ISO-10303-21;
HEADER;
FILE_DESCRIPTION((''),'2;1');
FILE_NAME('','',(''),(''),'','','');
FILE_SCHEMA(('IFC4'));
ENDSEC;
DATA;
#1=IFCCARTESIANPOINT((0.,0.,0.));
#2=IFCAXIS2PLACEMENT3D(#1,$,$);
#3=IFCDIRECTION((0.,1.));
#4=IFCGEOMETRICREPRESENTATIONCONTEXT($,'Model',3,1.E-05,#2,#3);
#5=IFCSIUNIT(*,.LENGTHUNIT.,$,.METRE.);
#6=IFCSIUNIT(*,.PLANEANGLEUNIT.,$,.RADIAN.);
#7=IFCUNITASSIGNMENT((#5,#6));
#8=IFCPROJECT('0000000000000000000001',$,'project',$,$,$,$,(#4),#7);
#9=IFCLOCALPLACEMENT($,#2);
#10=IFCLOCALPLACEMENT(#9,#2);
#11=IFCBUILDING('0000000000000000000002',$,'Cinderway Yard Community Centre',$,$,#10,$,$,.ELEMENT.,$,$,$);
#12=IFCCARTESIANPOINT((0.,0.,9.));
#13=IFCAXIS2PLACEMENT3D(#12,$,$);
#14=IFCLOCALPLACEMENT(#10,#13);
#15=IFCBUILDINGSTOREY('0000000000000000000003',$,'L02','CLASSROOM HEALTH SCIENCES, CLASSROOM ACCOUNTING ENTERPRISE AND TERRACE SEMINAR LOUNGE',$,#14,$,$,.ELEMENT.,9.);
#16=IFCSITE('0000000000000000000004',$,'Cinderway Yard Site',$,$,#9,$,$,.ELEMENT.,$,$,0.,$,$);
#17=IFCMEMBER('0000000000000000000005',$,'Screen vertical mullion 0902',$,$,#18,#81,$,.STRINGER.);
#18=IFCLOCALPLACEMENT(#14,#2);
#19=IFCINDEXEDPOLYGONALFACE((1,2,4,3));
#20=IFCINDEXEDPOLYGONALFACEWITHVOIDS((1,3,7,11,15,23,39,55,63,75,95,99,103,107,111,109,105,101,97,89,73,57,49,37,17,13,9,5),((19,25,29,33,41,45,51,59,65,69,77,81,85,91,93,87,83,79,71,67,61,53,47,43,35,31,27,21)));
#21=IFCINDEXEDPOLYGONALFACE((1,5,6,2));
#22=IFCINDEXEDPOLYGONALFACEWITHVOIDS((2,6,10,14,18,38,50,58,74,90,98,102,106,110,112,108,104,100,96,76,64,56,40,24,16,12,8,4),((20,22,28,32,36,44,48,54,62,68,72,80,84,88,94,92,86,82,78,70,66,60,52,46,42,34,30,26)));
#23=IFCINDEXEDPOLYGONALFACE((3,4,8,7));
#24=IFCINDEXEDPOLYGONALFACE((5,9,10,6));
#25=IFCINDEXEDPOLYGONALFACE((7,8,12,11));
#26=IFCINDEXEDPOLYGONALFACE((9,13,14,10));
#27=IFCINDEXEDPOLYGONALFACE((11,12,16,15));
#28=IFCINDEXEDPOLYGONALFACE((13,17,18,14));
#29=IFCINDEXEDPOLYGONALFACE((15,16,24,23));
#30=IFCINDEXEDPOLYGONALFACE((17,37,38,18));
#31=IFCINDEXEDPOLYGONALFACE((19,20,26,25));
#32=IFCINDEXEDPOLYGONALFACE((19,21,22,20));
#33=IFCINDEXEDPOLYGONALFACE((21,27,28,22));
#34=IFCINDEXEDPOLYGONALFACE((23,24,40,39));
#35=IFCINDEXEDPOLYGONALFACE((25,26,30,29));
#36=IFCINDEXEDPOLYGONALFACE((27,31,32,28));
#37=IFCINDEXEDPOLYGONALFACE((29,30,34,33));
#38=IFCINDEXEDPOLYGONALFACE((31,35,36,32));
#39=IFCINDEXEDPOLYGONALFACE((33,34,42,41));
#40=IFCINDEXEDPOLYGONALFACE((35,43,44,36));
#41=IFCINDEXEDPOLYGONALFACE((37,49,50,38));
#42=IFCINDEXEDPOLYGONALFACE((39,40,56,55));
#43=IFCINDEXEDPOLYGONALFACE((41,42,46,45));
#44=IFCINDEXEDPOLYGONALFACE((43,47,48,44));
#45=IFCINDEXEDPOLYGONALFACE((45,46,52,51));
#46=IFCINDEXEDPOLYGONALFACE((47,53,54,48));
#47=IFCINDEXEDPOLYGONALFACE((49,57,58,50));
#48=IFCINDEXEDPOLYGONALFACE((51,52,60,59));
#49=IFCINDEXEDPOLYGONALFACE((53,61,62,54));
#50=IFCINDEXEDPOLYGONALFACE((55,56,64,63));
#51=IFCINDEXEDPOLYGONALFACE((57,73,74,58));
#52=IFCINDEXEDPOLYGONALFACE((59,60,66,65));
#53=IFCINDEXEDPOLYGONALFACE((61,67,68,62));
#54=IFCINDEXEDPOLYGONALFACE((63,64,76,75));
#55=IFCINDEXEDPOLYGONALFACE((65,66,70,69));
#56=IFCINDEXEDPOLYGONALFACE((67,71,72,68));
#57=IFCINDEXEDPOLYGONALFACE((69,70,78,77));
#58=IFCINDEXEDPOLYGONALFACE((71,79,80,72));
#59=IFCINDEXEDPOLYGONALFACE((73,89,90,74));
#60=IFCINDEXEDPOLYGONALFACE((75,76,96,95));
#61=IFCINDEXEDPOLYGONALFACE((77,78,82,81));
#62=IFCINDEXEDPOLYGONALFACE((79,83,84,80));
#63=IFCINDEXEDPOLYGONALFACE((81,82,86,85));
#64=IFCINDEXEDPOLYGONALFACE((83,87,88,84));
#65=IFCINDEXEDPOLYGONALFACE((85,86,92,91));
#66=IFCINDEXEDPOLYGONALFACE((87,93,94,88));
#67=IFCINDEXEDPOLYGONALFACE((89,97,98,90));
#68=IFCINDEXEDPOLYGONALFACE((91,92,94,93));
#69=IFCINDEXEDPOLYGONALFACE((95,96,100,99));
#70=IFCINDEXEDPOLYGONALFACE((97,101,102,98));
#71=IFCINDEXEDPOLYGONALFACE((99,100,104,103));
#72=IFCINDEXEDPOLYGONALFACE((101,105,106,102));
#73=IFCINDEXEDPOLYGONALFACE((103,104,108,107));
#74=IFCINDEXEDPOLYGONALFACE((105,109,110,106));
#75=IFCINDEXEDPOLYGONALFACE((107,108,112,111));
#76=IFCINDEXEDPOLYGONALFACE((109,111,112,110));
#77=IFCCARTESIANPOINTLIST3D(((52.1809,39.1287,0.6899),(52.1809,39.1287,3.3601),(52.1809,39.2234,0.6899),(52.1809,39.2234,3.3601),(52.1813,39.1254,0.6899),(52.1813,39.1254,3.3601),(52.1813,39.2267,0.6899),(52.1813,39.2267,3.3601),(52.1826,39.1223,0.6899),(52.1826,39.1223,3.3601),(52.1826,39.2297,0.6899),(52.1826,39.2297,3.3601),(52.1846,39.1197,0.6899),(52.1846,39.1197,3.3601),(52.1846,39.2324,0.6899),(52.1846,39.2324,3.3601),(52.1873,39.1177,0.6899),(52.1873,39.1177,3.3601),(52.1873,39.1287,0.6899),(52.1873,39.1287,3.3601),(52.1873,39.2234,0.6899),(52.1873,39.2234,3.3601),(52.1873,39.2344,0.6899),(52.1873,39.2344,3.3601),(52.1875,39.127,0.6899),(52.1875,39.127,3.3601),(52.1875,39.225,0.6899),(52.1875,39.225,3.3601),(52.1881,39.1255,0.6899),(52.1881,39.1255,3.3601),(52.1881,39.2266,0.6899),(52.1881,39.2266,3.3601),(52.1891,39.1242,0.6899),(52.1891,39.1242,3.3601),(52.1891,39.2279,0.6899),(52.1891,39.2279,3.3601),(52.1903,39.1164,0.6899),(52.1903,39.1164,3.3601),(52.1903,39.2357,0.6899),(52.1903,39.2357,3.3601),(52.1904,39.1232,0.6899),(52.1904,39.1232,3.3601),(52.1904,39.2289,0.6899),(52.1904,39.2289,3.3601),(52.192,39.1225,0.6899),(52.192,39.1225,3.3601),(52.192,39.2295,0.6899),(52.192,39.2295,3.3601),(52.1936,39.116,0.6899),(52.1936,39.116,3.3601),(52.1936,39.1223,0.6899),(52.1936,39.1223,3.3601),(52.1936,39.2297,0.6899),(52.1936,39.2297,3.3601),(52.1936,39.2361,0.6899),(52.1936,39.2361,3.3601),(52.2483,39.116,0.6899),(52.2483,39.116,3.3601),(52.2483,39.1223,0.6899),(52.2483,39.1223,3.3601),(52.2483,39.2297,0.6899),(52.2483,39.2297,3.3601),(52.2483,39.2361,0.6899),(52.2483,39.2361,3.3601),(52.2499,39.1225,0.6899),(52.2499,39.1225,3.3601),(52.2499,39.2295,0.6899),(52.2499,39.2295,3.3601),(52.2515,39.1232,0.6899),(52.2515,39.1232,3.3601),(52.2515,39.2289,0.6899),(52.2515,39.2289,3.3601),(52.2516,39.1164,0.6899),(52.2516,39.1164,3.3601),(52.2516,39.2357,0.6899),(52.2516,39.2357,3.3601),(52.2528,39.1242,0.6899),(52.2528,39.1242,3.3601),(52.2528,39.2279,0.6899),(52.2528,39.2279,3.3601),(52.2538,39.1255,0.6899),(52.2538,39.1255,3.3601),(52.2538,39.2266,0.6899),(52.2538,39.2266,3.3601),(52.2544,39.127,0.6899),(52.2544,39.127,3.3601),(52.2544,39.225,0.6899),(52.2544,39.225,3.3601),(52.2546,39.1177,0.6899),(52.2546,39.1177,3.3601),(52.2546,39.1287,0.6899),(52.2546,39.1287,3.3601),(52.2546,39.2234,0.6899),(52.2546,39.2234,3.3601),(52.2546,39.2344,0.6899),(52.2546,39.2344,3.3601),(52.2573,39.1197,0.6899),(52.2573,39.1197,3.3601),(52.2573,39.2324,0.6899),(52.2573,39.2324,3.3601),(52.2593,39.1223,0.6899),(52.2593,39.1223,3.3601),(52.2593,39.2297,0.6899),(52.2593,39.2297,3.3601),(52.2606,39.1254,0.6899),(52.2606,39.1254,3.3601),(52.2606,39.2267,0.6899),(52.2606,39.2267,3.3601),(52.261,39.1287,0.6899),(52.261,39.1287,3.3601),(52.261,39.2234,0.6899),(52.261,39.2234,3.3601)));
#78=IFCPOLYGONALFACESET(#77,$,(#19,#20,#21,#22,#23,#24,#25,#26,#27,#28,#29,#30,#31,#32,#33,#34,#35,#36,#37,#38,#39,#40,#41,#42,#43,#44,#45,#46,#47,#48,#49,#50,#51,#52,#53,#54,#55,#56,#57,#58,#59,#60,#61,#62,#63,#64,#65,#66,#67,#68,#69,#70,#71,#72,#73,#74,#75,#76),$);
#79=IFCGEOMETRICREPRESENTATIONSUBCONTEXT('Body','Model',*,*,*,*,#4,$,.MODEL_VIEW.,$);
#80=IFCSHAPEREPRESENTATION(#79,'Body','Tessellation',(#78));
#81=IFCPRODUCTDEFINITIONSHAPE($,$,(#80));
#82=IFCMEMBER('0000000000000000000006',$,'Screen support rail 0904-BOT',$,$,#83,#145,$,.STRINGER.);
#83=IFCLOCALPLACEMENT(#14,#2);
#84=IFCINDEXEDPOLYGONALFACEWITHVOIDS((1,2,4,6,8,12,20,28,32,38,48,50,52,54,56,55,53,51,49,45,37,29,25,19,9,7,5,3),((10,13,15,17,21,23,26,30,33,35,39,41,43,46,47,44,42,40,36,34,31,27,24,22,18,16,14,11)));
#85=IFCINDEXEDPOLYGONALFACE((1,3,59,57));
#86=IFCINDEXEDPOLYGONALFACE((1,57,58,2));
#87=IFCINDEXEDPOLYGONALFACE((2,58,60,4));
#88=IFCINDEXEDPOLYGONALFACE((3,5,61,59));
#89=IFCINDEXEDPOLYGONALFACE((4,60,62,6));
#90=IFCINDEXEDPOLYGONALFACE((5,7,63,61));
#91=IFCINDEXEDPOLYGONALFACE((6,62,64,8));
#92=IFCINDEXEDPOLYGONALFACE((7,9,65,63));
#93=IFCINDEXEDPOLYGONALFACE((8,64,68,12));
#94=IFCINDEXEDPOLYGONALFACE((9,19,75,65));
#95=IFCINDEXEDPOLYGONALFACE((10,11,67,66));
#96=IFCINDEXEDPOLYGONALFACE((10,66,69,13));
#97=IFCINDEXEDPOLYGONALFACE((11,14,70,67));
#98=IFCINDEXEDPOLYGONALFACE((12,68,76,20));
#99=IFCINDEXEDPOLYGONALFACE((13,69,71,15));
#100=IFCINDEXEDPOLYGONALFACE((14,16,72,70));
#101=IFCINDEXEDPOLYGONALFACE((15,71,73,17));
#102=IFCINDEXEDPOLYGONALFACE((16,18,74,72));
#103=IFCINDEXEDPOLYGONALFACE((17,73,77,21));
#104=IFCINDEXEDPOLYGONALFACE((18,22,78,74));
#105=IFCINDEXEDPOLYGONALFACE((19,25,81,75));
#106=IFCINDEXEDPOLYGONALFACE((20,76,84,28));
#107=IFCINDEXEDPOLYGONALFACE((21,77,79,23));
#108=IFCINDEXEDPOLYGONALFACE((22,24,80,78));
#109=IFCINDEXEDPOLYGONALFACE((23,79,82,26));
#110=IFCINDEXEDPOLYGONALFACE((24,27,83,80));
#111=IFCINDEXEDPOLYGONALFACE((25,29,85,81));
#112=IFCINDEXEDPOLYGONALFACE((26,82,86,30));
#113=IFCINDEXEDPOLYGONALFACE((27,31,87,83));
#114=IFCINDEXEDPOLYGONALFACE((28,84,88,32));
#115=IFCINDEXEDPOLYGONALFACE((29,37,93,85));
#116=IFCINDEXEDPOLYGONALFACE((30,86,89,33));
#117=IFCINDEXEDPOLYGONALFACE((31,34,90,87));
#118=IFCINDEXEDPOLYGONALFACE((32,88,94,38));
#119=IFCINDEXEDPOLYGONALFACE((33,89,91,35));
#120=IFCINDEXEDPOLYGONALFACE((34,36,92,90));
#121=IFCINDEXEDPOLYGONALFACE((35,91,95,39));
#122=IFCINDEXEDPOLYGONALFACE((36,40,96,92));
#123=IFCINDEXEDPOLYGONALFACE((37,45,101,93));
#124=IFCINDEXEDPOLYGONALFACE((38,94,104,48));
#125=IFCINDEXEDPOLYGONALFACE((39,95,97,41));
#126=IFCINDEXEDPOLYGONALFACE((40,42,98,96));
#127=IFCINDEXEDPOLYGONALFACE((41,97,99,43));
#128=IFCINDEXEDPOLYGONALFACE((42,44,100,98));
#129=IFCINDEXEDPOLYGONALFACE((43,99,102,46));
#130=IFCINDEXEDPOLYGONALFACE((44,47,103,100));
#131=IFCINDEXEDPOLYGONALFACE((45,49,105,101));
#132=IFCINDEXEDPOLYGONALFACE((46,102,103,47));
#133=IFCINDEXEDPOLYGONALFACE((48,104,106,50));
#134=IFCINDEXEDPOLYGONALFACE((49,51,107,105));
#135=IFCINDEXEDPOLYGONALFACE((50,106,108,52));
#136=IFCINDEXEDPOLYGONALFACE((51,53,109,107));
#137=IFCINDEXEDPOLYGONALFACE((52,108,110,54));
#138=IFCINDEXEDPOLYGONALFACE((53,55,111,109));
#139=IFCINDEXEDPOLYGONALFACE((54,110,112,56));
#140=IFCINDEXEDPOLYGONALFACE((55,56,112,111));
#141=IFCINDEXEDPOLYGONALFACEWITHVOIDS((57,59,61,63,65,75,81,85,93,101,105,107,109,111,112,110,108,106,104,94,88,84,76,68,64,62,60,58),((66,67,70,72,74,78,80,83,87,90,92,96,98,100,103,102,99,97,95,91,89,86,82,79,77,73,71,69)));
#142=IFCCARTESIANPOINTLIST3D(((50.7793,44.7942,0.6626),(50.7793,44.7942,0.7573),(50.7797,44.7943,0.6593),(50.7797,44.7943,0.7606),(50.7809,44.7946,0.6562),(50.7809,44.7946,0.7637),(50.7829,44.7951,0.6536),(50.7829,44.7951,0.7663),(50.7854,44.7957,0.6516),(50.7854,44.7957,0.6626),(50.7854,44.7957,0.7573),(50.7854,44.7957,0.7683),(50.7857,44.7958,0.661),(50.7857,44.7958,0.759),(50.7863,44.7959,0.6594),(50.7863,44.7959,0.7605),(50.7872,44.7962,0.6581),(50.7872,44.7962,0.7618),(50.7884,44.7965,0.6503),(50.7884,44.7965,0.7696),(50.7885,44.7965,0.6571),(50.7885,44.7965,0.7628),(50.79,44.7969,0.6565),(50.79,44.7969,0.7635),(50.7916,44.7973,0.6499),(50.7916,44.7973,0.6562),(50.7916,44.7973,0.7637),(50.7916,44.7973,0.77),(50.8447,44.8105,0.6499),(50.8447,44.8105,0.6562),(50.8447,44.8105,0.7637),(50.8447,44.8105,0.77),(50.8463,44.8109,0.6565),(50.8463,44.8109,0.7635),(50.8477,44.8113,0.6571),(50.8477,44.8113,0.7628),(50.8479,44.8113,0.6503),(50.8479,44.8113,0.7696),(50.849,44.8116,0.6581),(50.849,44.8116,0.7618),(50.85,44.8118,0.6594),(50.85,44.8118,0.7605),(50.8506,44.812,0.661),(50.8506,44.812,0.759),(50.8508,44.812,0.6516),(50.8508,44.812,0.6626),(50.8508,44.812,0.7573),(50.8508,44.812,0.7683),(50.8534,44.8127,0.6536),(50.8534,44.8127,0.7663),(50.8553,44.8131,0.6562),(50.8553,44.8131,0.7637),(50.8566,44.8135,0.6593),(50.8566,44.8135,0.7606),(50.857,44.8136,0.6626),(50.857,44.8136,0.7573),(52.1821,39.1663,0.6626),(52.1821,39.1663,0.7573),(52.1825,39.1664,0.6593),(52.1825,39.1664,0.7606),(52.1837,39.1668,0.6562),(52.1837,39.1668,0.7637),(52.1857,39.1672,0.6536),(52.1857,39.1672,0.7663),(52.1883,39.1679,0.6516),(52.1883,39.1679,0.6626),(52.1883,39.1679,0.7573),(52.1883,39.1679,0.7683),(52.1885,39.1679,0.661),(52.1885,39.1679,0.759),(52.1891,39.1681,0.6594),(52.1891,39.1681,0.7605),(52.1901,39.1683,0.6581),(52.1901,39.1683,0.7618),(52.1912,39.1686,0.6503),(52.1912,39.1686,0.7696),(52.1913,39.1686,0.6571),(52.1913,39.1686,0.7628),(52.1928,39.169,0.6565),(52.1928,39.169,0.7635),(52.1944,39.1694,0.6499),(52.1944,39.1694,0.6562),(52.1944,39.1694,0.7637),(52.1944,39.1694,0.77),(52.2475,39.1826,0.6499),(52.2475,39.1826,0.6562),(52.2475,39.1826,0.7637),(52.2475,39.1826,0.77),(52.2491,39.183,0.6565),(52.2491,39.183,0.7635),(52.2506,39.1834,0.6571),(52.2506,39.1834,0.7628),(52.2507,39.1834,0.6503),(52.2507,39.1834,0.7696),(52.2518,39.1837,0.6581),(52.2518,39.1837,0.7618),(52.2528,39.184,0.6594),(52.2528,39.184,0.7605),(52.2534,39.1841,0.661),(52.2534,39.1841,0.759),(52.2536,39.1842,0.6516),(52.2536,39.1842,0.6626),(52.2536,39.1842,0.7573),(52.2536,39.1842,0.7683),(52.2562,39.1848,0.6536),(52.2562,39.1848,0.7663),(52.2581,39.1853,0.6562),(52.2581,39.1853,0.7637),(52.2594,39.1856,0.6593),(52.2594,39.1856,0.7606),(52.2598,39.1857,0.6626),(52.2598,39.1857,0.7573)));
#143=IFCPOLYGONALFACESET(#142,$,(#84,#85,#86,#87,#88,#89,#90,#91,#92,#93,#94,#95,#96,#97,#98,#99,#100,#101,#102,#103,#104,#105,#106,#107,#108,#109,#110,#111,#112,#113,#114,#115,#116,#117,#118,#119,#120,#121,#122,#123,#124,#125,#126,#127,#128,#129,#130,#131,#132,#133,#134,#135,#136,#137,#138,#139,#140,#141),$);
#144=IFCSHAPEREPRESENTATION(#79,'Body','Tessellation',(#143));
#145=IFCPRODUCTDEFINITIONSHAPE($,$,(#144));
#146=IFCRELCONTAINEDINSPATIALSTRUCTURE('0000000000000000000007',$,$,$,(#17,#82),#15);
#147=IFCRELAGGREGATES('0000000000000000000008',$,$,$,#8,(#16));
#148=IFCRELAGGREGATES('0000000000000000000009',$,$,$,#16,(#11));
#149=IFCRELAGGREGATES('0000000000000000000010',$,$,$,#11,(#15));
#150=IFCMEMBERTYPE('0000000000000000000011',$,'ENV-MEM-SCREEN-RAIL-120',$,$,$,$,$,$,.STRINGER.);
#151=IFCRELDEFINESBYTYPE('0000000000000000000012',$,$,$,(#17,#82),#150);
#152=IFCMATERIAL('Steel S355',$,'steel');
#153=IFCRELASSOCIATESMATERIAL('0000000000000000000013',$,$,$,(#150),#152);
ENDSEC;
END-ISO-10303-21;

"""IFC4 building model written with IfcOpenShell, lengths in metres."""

from ifc_helpers import new_model, si_unit, direction, frame, origin, origin_2d, place, context, subcontext, project, spatial, hollow_rectangle, extrude, material, material_profile, profile_set, type_object, element, save


model = new_model("IFC4")

# Units and contexts
model_context = context("Model", 3, precision=1e-05, world=origin(), true_north=direction((0.0, 1.0)))
body_context = subcontext(model_context, "Body", "Model", "MODEL_VIEW")
ifc_project = project(units=[si_unit("LENGTHUNIT", "METRE"), si_unit("PLANEANGLEUNIT", "RADIAN")], contexts=[model_context])

# Site, building, storey
site_placement = place(None, origin())
site = spatial("IfcSite", under=ifc_project, at=site_placement, Name="Cinderway Yard Site", CompositionType="ELEMENT", RefElevation=0.0)
building_placement = place(site_placement, origin())
building = spatial("IfcBuilding", under=site, at=building_placement, Name="Cinderway Yard Community Centre", CompositionType="ELEMENT")
storey_placement = place(building_placement, frame((0.0, 0.0, 9.0)))
storey = spatial("IfcBuildingStorey", under=building, at=storey_placement, Name="L02", Description="CLASSROOM HEALTH SCIENCES, CLASSROOM ACCOUNTING ENTERPRISE AND TERRACE SEMINAR LOUNGE", CompositionType="ELEMENT", Elevation=9.0)

# Members
ifc_material_1 = material(Name="Steel S355", Category="steel")
ifc_material_profile_1 = material_profile(ifc_material_1, hollow_rectangle(XDim=0.0801, YDim=0.1201, WallThickness=0.0063, InnerFilletRadius=0.0063, OuterFilletRadius=0.0127, at=origin_2d()), Name="Steel S355")
ifc_profile_set_1 = profile_set([ifc_material_profile_1], Name="Steel S355")
member_type_1 = type_object("IfcMemberType", Name="ENV-MEM-SCREEN-RAIL-120", PredefinedType="STRINGER", material=ifc_profile_set_1)
for number, where, z_axis, x_axis, name in (
    (1, (52.2209, 39.176, 0.6899), (0.0, 0.0, 1.0), (1.0, 0.0, 0.0), "Screen vertical mullion 0902"),
):
    element("IfcMember", number, at=place(storey_placement, frame(where, z_axis=z_axis, x_axis=x_axis)), inside=storey, type_object=member_type_1, Name=name, PredefinedType="STRINGER", context=body_context, shape_type="SweptSolid", body=[
        extrude(hollow_rectangle(XDim=0.0801, YDim=0.1201, WallThickness=0.0063, InnerFilletRadius=0.0063, OuterFilletRadius=0.0127, at=origin_2d()), origin(), (0.0, 0.0, 1.0), 2.6702),
    ])
for number, where, z_axis, x_axis, name in (
    (2, (52.2209, 39.176, 0.71), (-0.241862, 0.970311, 0.0), (-0.970311, -0.241862, 0.0), "Screen support rail 0904-BOT"),
):
    element("IfcMember", number, at=place(storey_placement, frame(where, z_axis=z_axis, x_axis=x_axis)), inside=storey, type_object=member_type_1, Name=name, PredefinedType="STRINGER", context=body_context, shape_type="SweptSolid", body=[
        extrude(hollow_rectangle(XDim=0.0801, YDim=0.1201, WallThickness=0.0063, InnerFilletRadius=0.0063, OuterFilletRadius=0.0127, at=origin_2d()), origin(), (0.0, 0.0, 1.0), 5.8),
    ])

save(model, "model.ifc")
